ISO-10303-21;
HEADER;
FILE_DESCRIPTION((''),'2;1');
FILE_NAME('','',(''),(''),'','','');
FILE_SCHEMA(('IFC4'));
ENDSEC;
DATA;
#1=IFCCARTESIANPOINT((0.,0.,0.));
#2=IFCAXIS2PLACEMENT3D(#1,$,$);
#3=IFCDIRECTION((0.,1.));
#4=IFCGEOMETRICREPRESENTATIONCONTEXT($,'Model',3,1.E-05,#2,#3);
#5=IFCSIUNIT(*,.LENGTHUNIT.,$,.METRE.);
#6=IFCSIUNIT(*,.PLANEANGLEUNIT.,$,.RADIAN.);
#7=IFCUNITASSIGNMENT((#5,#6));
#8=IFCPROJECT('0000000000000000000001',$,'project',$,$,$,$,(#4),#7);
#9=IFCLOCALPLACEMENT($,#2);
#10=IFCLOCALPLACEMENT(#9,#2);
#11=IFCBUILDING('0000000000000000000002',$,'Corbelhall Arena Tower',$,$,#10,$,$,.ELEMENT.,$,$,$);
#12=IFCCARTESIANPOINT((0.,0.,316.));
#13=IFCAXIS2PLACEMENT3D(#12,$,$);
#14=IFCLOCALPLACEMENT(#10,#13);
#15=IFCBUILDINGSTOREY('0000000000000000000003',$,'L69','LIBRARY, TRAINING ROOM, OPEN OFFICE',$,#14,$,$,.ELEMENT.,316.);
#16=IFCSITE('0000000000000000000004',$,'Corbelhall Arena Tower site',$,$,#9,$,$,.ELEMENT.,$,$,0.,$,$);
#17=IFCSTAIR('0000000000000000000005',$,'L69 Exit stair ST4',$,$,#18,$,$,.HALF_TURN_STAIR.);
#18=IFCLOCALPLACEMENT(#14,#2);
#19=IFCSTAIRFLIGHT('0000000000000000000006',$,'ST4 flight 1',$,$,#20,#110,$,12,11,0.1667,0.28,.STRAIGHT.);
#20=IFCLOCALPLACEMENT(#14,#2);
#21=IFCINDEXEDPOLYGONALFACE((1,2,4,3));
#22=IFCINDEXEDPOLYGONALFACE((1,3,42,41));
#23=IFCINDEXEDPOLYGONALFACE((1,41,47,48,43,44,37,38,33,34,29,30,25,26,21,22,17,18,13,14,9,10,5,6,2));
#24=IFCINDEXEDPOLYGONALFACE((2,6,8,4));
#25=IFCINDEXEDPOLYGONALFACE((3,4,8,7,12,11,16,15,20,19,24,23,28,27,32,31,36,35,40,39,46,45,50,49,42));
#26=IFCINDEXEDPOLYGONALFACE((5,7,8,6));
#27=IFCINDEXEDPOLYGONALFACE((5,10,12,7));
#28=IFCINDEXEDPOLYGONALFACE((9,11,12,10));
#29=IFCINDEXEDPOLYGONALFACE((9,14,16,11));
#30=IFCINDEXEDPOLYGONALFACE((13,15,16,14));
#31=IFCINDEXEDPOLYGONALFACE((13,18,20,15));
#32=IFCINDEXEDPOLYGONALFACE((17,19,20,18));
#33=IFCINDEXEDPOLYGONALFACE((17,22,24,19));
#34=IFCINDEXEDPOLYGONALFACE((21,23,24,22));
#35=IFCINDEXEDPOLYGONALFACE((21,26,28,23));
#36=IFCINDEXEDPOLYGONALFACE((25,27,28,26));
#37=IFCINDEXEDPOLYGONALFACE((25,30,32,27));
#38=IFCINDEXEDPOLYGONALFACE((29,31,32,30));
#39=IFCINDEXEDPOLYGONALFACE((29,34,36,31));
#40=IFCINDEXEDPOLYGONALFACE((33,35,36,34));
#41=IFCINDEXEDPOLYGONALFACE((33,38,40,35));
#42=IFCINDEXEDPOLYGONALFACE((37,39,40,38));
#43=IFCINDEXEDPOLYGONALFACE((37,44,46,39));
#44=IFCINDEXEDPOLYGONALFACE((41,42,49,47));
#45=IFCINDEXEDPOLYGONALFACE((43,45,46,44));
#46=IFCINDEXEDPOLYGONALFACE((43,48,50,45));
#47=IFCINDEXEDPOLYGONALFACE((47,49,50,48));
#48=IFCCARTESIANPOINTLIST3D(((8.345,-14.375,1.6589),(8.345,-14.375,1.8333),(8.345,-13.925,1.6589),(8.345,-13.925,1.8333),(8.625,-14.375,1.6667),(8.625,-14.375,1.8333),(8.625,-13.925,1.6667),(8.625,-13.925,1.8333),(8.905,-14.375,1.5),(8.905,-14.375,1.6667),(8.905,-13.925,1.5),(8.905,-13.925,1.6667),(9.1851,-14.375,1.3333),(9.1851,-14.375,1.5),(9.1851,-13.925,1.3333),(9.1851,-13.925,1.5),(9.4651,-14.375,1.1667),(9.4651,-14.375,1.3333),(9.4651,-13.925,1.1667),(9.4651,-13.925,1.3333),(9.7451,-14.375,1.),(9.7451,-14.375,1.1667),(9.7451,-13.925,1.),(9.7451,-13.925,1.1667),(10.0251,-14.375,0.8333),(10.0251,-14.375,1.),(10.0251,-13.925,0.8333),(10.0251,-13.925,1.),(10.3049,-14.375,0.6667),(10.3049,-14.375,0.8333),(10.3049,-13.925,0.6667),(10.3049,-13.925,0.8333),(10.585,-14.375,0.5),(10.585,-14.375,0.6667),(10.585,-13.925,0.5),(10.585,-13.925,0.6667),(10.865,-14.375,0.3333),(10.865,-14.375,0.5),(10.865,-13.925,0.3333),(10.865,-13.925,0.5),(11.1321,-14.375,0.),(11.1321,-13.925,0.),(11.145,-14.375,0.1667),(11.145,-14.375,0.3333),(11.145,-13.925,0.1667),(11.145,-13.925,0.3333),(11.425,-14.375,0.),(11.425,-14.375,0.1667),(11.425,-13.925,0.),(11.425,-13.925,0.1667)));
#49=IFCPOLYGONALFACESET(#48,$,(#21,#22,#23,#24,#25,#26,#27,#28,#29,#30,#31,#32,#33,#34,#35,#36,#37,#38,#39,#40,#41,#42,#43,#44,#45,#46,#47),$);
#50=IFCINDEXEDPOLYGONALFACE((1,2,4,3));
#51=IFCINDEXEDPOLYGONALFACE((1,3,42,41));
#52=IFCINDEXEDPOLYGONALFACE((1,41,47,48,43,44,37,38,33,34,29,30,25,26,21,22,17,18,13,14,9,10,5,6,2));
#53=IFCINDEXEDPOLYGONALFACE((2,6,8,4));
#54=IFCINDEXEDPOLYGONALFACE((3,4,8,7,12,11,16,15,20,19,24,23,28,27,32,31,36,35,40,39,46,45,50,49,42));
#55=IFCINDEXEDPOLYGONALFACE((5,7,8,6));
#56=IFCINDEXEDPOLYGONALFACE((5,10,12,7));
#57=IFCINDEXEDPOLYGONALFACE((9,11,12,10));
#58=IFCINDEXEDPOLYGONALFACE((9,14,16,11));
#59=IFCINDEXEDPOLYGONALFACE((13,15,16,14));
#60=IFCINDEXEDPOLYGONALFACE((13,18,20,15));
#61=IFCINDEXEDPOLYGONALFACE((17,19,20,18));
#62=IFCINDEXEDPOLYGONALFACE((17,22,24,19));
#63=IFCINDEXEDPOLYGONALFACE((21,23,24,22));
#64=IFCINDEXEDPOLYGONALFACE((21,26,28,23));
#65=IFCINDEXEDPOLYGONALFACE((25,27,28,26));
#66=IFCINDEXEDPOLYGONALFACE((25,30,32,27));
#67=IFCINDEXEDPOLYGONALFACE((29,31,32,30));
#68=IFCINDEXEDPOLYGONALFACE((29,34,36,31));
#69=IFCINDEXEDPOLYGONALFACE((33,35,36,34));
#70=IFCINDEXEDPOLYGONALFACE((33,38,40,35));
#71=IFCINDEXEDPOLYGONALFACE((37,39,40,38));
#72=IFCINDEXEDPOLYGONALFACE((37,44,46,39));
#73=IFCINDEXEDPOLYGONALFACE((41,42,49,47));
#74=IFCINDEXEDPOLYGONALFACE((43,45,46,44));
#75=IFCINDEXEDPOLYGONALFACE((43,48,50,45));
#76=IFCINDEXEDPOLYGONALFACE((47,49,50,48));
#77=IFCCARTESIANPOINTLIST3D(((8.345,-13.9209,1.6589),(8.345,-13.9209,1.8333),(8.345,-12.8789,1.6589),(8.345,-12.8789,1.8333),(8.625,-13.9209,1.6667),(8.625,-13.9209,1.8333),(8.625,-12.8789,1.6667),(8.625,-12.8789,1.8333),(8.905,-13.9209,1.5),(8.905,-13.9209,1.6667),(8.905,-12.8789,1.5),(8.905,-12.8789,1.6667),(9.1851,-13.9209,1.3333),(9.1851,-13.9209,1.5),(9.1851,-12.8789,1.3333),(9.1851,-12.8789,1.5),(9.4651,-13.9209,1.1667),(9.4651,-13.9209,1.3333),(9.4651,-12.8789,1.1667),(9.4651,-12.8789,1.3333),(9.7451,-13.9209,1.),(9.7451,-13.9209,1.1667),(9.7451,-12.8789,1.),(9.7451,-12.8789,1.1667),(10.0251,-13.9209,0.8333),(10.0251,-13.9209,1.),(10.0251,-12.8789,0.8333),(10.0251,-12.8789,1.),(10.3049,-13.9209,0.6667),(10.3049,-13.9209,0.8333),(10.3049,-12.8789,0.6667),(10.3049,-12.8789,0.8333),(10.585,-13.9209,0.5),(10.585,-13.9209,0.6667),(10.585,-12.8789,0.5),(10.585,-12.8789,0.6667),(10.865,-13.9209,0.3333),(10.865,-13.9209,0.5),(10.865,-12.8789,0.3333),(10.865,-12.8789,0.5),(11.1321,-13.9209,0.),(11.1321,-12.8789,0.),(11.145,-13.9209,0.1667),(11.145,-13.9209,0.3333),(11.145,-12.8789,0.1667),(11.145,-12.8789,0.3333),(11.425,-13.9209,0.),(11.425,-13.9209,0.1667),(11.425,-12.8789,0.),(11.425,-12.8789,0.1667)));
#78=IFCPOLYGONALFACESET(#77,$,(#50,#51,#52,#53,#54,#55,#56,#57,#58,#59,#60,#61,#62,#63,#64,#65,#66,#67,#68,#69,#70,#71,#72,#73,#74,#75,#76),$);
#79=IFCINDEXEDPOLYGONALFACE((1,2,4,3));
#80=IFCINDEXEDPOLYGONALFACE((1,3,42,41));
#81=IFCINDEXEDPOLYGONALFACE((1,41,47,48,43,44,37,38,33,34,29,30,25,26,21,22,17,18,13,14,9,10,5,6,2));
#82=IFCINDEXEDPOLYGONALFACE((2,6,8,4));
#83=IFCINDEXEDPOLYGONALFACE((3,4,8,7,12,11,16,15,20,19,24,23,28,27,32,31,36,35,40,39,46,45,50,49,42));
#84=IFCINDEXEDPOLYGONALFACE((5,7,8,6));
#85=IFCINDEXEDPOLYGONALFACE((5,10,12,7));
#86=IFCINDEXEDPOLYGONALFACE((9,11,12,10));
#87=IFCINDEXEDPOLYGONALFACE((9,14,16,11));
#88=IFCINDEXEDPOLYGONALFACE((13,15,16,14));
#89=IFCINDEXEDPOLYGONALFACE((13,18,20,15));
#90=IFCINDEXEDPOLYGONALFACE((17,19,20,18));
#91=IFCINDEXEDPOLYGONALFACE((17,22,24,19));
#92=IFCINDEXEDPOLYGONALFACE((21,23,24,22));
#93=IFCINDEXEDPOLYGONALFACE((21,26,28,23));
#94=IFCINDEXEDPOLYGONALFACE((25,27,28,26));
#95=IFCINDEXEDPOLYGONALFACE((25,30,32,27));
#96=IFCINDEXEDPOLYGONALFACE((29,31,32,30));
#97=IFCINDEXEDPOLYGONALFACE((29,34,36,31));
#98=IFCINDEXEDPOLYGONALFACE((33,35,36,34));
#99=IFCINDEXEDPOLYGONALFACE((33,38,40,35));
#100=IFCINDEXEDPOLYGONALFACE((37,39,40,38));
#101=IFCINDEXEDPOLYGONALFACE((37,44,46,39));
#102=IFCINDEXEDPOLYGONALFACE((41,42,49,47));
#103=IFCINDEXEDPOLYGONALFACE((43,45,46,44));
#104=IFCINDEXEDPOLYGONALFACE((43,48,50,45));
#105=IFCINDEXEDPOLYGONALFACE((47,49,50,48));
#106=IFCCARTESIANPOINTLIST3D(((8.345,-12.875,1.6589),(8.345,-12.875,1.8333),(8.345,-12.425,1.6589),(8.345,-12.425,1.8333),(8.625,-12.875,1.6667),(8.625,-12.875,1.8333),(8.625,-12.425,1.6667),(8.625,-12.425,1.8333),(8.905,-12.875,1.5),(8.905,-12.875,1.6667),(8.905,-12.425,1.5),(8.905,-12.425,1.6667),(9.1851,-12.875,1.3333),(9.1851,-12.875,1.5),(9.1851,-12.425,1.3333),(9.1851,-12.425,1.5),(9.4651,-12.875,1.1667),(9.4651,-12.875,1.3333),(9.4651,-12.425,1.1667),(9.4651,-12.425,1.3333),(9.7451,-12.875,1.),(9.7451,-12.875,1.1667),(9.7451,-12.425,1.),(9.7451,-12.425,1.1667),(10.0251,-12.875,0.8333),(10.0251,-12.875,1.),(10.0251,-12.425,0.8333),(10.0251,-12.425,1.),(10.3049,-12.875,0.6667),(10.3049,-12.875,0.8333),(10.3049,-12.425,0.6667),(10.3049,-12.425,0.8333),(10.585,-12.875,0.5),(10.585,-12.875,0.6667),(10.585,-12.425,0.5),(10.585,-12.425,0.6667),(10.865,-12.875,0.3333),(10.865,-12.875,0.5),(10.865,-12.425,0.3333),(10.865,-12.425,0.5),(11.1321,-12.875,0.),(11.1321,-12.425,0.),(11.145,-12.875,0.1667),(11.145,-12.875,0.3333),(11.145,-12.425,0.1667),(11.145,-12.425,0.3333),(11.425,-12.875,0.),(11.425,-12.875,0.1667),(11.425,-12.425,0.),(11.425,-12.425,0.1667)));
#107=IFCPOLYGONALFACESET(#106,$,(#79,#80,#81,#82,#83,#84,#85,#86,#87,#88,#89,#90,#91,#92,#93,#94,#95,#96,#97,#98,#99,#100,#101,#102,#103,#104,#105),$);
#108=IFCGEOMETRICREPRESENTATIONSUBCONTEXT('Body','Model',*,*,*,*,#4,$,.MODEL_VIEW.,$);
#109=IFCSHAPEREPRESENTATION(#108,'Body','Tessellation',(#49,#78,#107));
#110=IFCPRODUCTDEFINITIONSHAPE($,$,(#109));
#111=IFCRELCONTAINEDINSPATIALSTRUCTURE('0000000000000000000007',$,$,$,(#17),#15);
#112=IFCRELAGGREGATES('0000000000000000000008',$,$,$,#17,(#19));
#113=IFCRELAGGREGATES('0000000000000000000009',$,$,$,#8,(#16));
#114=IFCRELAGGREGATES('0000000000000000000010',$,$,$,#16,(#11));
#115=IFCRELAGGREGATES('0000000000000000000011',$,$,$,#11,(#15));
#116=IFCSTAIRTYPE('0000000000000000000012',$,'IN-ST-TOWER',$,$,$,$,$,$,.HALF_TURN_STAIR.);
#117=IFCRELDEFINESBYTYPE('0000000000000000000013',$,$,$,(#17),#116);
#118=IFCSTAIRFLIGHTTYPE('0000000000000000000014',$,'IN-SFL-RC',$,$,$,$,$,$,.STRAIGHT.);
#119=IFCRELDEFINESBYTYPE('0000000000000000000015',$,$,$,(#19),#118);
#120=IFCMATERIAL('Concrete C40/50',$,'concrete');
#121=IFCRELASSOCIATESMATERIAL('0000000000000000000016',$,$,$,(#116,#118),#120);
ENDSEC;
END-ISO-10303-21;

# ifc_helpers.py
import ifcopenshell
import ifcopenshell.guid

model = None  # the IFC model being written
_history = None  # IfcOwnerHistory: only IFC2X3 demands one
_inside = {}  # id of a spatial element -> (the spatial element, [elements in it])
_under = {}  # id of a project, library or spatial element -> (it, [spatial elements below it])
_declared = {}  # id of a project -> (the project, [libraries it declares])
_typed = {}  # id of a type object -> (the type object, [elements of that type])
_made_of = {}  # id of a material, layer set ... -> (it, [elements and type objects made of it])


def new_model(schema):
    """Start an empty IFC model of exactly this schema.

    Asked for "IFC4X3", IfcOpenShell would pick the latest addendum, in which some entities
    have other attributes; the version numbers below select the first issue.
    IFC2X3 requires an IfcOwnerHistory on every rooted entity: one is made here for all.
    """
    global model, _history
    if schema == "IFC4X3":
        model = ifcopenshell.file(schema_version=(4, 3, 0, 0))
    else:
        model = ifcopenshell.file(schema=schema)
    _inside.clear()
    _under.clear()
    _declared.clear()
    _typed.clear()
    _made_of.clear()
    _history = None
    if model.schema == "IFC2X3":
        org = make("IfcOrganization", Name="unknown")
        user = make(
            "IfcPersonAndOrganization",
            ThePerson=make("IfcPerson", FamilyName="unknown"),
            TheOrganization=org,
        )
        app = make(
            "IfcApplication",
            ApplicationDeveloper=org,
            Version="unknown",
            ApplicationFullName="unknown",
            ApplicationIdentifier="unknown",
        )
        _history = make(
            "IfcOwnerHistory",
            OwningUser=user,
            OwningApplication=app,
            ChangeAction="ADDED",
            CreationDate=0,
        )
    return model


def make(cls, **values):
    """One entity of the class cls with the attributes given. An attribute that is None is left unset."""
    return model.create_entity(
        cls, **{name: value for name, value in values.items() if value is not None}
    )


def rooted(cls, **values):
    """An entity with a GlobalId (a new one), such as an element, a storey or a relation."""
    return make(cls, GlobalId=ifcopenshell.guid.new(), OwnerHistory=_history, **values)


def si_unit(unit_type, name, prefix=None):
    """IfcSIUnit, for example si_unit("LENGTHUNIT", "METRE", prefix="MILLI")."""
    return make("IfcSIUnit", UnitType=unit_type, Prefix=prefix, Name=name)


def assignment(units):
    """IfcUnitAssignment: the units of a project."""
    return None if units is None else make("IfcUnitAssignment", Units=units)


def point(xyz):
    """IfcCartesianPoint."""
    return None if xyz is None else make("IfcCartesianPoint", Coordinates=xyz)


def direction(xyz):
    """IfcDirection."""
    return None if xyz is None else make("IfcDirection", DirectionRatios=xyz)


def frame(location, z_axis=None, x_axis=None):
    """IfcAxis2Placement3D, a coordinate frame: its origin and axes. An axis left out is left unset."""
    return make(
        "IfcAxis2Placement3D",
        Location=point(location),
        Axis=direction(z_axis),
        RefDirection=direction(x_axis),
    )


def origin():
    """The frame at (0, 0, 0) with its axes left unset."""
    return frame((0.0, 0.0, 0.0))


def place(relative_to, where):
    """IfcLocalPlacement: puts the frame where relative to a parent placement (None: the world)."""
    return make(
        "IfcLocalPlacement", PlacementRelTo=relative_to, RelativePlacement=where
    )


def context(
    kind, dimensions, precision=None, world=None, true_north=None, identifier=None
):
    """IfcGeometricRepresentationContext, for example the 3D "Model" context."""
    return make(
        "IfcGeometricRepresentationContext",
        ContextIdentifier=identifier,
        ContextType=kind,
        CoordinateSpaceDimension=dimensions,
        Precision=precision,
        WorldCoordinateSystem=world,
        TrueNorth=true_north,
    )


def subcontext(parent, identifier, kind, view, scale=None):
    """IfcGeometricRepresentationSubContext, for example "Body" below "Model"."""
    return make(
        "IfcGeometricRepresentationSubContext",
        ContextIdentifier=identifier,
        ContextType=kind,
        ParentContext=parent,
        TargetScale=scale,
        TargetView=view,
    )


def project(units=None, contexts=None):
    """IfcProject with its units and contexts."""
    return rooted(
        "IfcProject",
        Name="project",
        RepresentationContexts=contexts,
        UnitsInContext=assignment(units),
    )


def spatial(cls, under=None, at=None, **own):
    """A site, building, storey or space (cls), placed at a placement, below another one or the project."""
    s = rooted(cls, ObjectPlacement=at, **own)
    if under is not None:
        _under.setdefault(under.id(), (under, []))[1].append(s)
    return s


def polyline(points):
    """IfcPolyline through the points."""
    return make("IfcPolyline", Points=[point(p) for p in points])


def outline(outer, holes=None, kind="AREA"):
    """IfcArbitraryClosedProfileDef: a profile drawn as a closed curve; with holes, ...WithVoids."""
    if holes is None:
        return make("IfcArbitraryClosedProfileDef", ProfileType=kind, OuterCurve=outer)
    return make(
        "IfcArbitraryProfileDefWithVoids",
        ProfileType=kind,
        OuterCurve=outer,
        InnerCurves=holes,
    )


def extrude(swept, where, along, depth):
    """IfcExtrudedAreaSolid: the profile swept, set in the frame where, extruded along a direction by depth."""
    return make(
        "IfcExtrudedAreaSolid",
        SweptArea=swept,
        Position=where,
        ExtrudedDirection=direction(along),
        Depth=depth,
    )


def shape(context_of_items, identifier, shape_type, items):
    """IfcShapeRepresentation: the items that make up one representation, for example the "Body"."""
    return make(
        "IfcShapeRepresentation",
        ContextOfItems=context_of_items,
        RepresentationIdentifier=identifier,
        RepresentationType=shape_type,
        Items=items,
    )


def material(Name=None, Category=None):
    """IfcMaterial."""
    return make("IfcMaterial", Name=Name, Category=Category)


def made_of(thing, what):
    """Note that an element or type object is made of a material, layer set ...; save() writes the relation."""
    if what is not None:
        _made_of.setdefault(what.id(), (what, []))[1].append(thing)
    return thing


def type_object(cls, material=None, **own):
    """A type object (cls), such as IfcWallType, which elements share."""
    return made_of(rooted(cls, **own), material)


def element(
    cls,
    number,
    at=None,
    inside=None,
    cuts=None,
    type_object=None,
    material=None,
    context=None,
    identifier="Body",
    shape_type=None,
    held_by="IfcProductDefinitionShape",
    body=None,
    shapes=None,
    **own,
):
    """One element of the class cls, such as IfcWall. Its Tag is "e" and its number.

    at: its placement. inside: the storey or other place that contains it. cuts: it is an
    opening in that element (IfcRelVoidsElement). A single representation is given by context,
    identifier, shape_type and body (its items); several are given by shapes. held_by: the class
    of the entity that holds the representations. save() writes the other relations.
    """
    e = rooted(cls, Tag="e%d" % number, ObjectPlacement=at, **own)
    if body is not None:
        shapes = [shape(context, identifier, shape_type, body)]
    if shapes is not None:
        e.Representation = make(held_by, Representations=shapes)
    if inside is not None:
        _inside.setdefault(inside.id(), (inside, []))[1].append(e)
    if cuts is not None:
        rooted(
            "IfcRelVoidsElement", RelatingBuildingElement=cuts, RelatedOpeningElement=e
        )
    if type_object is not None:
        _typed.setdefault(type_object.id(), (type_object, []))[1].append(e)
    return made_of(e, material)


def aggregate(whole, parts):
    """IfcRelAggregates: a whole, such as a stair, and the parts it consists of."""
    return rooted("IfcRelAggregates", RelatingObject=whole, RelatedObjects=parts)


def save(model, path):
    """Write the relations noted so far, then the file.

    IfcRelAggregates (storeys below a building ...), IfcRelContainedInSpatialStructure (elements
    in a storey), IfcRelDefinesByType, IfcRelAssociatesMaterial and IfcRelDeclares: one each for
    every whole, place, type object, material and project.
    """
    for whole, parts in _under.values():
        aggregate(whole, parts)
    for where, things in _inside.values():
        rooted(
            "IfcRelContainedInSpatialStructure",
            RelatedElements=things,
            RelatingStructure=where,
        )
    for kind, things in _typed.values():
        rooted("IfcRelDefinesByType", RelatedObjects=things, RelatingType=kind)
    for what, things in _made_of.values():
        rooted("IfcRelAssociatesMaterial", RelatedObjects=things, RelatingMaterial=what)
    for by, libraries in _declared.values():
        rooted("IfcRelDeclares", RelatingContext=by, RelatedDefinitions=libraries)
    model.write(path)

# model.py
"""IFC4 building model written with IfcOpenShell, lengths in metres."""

from ifc_helpers import new_model, si_unit, direction, frame, origin, place, context, subcontext, project, spatial, polyline, outline, extrude, material, type_object, element, aggregate, save


model = new_model("IFC4")

# Units and contexts
model_context = context("Model", 3, precision=1e-05, world=origin(), true_north=direction((0.0, 1.0)))
body_context = subcontext(model_context, "Body", "Model", "MODEL_VIEW")
ifc_project = project(units=[si_unit("LENGTHUNIT", "METRE"), si_unit("PLANEANGLEUNIT", "RADIAN")], contexts=[model_context])

# Site, building, storey
site_placement = place(None, origin())
site = spatial("IfcSite", under=ifc_project, at=site_placement, Name="Corbelhall Arena Tower site", CompositionType="ELEMENT", RefElevation=0.0)
building_placement = place(site_placement, origin())
building = spatial("IfcBuilding", under=site, at=building_placement, Name="Corbelhall Arena Tower", CompositionType="ELEMENT")
storey_placement = place(building_placement, frame((0.0, 0.0, 316.0)))
storey = spatial("IfcBuildingStorey", under=building, at=storey_placement, Name="L69", Description="LIBRARY, TRAINING ROOM, OPEN OFFICE", CompositionType="ELEMENT", Elevation=316.0)

# Shared definitions
ifc_material_1 = material(Name="Concrete C40/50", Category="concrete")

# Stair, stair flight
stair_type = type_object("IfcStairType", Name="IN-ST-TOWER", PredefinedType="HALF_TURN_STAIR", material=ifc_material_1)
stair_placement = place(storey_placement, origin())
stair = element("IfcStair", 1, at=stair_placement, inside=storey, type_object=stair_type, Name="L69 Exit stair ST4", PredefinedType="HALF_TURN_STAIR")
stair_flight_type = type_object("IfcStairFlightType", Name="IN-SFL-RC", PredefinedType="STRAIGHT", material=ifc_material_1)
stair_flight_placement = place(storey_placement, frame((11.425, -13.3999, 0.0), z_axis=(0.0, 0.0, 1.0), x_axis=(-1.0, 0.0, 0.0)))
stair_flight = element("IfcStairFlight", 2, at=stair_flight_placement, type_object=stair_flight_type, Name="ST4 flight 1", NumberOfRisers=12, NumberOfTreads=11, PredefinedType="STRAIGHT", RiserHeight=0.1667, TreadLength=0.28, context=body_context, shape_type="SweptSolid", body=[
    extrude(outline(polyline([(0.0, 0.0), (0.0, 0.1667), (0.28, 0.1667), (0.28, 0.3333), (0.5601, 0.3333), (0.5601, 0.5), (0.8401, 0.5), (0.8401, 0.6667), (1.1201, 0.6667), (1.1201, 0.8333), (1.3999, 0.8333), (1.3999, 1.0), (1.6799, 1.0), (1.6799, 1.1667), (1.96, 1.1667), (1.96, 1.3333), (2.24, 1.3333), (2.24, 1.5), (2.52, 1.5), (2.52, 1.6667), (2.8, 1.6667), (2.8, 1.8333), (3.0801, 1.8333), (3.0801, 2.0), (3.0801, 1.6589), (0.293, 0.0), (0.0, 0.0)])), frame((0.0, 0.9751, 0.0), z_axis=(0.0, -1.0, 0.0), x_axis=(1.0, 0.0, 0.0)), (0.0, 0.0, 1.0), 0.45),
    extrude(outline(polyline([(0.0, 0.0), (0.0, 0.1667), (0.28, 0.1667), (0.28, 0.3333), (0.5601, 0.3333), (0.5601, 0.5), (0.8401, 0.5), (0.8401, 0.6667), (1.1201, 0.6667), (1.1201, 0.8333), (1.3999, 0.8333), (1.3999, 1.0), (1.6799, 1.0), (1.6799, 1.1667), (1.96, 1.1667), (1.96, 1.3333), (2.24, 1.3333), (2.24, 1.5), (2.52, 1.5), (2.52, 1.6667), (2.8, 1.6667), (2.8, 1.8333), (3.0801, 1.8333), (3.0801, 2.0), (3.0801, 1.6589), (0.293, 0.0), (0.0, 0.0)])), frame((0.0, 0.521, 0.0), z_axis=(0.0, -1.0, 0.0), x_axis=(1.0, 0.0, 0.0)), (0.0, 0.0, 1.0), 1.042),
    extrude(outline(polyline([(0.0, 0.0), (0.0, 0.1667), (0.28, 0.1667), (0.28, 0.3333), (0.5601, 0.3333), (0.5601, 0.5), (0.8401, 0.5), (0.8401, 0.6667), (1.1201, 0.6667), (1.1201, 0.8333), (1.3999, 0.8333), (1.3999, 1.0), (1.6799, 1.0), (1.6799, 1.1667), (1.96, 1.1667), (1.96, 1.3333), (2.24, 1.3333), (2.24, 1.5), (2.52, 1.5), (2.52, 1.6667), (2.8, 1.6667), (2.8, 1.8333), (3.0801, 1.8333), (3.0801, 2.0), (3.0801, 1.6589), (0.293, 0.0), (0.0, 0.0)])), frame((0.0, -0.5249, 0.0), z_axis=(0.0, -1.0, 0.0), x_axis=(1.0, 0.0, 0.0)), (0.0, 0.0, 1.0), 0.45),
])
aggregate(stair, [stair_flight])

save(model, "model.ifc")
